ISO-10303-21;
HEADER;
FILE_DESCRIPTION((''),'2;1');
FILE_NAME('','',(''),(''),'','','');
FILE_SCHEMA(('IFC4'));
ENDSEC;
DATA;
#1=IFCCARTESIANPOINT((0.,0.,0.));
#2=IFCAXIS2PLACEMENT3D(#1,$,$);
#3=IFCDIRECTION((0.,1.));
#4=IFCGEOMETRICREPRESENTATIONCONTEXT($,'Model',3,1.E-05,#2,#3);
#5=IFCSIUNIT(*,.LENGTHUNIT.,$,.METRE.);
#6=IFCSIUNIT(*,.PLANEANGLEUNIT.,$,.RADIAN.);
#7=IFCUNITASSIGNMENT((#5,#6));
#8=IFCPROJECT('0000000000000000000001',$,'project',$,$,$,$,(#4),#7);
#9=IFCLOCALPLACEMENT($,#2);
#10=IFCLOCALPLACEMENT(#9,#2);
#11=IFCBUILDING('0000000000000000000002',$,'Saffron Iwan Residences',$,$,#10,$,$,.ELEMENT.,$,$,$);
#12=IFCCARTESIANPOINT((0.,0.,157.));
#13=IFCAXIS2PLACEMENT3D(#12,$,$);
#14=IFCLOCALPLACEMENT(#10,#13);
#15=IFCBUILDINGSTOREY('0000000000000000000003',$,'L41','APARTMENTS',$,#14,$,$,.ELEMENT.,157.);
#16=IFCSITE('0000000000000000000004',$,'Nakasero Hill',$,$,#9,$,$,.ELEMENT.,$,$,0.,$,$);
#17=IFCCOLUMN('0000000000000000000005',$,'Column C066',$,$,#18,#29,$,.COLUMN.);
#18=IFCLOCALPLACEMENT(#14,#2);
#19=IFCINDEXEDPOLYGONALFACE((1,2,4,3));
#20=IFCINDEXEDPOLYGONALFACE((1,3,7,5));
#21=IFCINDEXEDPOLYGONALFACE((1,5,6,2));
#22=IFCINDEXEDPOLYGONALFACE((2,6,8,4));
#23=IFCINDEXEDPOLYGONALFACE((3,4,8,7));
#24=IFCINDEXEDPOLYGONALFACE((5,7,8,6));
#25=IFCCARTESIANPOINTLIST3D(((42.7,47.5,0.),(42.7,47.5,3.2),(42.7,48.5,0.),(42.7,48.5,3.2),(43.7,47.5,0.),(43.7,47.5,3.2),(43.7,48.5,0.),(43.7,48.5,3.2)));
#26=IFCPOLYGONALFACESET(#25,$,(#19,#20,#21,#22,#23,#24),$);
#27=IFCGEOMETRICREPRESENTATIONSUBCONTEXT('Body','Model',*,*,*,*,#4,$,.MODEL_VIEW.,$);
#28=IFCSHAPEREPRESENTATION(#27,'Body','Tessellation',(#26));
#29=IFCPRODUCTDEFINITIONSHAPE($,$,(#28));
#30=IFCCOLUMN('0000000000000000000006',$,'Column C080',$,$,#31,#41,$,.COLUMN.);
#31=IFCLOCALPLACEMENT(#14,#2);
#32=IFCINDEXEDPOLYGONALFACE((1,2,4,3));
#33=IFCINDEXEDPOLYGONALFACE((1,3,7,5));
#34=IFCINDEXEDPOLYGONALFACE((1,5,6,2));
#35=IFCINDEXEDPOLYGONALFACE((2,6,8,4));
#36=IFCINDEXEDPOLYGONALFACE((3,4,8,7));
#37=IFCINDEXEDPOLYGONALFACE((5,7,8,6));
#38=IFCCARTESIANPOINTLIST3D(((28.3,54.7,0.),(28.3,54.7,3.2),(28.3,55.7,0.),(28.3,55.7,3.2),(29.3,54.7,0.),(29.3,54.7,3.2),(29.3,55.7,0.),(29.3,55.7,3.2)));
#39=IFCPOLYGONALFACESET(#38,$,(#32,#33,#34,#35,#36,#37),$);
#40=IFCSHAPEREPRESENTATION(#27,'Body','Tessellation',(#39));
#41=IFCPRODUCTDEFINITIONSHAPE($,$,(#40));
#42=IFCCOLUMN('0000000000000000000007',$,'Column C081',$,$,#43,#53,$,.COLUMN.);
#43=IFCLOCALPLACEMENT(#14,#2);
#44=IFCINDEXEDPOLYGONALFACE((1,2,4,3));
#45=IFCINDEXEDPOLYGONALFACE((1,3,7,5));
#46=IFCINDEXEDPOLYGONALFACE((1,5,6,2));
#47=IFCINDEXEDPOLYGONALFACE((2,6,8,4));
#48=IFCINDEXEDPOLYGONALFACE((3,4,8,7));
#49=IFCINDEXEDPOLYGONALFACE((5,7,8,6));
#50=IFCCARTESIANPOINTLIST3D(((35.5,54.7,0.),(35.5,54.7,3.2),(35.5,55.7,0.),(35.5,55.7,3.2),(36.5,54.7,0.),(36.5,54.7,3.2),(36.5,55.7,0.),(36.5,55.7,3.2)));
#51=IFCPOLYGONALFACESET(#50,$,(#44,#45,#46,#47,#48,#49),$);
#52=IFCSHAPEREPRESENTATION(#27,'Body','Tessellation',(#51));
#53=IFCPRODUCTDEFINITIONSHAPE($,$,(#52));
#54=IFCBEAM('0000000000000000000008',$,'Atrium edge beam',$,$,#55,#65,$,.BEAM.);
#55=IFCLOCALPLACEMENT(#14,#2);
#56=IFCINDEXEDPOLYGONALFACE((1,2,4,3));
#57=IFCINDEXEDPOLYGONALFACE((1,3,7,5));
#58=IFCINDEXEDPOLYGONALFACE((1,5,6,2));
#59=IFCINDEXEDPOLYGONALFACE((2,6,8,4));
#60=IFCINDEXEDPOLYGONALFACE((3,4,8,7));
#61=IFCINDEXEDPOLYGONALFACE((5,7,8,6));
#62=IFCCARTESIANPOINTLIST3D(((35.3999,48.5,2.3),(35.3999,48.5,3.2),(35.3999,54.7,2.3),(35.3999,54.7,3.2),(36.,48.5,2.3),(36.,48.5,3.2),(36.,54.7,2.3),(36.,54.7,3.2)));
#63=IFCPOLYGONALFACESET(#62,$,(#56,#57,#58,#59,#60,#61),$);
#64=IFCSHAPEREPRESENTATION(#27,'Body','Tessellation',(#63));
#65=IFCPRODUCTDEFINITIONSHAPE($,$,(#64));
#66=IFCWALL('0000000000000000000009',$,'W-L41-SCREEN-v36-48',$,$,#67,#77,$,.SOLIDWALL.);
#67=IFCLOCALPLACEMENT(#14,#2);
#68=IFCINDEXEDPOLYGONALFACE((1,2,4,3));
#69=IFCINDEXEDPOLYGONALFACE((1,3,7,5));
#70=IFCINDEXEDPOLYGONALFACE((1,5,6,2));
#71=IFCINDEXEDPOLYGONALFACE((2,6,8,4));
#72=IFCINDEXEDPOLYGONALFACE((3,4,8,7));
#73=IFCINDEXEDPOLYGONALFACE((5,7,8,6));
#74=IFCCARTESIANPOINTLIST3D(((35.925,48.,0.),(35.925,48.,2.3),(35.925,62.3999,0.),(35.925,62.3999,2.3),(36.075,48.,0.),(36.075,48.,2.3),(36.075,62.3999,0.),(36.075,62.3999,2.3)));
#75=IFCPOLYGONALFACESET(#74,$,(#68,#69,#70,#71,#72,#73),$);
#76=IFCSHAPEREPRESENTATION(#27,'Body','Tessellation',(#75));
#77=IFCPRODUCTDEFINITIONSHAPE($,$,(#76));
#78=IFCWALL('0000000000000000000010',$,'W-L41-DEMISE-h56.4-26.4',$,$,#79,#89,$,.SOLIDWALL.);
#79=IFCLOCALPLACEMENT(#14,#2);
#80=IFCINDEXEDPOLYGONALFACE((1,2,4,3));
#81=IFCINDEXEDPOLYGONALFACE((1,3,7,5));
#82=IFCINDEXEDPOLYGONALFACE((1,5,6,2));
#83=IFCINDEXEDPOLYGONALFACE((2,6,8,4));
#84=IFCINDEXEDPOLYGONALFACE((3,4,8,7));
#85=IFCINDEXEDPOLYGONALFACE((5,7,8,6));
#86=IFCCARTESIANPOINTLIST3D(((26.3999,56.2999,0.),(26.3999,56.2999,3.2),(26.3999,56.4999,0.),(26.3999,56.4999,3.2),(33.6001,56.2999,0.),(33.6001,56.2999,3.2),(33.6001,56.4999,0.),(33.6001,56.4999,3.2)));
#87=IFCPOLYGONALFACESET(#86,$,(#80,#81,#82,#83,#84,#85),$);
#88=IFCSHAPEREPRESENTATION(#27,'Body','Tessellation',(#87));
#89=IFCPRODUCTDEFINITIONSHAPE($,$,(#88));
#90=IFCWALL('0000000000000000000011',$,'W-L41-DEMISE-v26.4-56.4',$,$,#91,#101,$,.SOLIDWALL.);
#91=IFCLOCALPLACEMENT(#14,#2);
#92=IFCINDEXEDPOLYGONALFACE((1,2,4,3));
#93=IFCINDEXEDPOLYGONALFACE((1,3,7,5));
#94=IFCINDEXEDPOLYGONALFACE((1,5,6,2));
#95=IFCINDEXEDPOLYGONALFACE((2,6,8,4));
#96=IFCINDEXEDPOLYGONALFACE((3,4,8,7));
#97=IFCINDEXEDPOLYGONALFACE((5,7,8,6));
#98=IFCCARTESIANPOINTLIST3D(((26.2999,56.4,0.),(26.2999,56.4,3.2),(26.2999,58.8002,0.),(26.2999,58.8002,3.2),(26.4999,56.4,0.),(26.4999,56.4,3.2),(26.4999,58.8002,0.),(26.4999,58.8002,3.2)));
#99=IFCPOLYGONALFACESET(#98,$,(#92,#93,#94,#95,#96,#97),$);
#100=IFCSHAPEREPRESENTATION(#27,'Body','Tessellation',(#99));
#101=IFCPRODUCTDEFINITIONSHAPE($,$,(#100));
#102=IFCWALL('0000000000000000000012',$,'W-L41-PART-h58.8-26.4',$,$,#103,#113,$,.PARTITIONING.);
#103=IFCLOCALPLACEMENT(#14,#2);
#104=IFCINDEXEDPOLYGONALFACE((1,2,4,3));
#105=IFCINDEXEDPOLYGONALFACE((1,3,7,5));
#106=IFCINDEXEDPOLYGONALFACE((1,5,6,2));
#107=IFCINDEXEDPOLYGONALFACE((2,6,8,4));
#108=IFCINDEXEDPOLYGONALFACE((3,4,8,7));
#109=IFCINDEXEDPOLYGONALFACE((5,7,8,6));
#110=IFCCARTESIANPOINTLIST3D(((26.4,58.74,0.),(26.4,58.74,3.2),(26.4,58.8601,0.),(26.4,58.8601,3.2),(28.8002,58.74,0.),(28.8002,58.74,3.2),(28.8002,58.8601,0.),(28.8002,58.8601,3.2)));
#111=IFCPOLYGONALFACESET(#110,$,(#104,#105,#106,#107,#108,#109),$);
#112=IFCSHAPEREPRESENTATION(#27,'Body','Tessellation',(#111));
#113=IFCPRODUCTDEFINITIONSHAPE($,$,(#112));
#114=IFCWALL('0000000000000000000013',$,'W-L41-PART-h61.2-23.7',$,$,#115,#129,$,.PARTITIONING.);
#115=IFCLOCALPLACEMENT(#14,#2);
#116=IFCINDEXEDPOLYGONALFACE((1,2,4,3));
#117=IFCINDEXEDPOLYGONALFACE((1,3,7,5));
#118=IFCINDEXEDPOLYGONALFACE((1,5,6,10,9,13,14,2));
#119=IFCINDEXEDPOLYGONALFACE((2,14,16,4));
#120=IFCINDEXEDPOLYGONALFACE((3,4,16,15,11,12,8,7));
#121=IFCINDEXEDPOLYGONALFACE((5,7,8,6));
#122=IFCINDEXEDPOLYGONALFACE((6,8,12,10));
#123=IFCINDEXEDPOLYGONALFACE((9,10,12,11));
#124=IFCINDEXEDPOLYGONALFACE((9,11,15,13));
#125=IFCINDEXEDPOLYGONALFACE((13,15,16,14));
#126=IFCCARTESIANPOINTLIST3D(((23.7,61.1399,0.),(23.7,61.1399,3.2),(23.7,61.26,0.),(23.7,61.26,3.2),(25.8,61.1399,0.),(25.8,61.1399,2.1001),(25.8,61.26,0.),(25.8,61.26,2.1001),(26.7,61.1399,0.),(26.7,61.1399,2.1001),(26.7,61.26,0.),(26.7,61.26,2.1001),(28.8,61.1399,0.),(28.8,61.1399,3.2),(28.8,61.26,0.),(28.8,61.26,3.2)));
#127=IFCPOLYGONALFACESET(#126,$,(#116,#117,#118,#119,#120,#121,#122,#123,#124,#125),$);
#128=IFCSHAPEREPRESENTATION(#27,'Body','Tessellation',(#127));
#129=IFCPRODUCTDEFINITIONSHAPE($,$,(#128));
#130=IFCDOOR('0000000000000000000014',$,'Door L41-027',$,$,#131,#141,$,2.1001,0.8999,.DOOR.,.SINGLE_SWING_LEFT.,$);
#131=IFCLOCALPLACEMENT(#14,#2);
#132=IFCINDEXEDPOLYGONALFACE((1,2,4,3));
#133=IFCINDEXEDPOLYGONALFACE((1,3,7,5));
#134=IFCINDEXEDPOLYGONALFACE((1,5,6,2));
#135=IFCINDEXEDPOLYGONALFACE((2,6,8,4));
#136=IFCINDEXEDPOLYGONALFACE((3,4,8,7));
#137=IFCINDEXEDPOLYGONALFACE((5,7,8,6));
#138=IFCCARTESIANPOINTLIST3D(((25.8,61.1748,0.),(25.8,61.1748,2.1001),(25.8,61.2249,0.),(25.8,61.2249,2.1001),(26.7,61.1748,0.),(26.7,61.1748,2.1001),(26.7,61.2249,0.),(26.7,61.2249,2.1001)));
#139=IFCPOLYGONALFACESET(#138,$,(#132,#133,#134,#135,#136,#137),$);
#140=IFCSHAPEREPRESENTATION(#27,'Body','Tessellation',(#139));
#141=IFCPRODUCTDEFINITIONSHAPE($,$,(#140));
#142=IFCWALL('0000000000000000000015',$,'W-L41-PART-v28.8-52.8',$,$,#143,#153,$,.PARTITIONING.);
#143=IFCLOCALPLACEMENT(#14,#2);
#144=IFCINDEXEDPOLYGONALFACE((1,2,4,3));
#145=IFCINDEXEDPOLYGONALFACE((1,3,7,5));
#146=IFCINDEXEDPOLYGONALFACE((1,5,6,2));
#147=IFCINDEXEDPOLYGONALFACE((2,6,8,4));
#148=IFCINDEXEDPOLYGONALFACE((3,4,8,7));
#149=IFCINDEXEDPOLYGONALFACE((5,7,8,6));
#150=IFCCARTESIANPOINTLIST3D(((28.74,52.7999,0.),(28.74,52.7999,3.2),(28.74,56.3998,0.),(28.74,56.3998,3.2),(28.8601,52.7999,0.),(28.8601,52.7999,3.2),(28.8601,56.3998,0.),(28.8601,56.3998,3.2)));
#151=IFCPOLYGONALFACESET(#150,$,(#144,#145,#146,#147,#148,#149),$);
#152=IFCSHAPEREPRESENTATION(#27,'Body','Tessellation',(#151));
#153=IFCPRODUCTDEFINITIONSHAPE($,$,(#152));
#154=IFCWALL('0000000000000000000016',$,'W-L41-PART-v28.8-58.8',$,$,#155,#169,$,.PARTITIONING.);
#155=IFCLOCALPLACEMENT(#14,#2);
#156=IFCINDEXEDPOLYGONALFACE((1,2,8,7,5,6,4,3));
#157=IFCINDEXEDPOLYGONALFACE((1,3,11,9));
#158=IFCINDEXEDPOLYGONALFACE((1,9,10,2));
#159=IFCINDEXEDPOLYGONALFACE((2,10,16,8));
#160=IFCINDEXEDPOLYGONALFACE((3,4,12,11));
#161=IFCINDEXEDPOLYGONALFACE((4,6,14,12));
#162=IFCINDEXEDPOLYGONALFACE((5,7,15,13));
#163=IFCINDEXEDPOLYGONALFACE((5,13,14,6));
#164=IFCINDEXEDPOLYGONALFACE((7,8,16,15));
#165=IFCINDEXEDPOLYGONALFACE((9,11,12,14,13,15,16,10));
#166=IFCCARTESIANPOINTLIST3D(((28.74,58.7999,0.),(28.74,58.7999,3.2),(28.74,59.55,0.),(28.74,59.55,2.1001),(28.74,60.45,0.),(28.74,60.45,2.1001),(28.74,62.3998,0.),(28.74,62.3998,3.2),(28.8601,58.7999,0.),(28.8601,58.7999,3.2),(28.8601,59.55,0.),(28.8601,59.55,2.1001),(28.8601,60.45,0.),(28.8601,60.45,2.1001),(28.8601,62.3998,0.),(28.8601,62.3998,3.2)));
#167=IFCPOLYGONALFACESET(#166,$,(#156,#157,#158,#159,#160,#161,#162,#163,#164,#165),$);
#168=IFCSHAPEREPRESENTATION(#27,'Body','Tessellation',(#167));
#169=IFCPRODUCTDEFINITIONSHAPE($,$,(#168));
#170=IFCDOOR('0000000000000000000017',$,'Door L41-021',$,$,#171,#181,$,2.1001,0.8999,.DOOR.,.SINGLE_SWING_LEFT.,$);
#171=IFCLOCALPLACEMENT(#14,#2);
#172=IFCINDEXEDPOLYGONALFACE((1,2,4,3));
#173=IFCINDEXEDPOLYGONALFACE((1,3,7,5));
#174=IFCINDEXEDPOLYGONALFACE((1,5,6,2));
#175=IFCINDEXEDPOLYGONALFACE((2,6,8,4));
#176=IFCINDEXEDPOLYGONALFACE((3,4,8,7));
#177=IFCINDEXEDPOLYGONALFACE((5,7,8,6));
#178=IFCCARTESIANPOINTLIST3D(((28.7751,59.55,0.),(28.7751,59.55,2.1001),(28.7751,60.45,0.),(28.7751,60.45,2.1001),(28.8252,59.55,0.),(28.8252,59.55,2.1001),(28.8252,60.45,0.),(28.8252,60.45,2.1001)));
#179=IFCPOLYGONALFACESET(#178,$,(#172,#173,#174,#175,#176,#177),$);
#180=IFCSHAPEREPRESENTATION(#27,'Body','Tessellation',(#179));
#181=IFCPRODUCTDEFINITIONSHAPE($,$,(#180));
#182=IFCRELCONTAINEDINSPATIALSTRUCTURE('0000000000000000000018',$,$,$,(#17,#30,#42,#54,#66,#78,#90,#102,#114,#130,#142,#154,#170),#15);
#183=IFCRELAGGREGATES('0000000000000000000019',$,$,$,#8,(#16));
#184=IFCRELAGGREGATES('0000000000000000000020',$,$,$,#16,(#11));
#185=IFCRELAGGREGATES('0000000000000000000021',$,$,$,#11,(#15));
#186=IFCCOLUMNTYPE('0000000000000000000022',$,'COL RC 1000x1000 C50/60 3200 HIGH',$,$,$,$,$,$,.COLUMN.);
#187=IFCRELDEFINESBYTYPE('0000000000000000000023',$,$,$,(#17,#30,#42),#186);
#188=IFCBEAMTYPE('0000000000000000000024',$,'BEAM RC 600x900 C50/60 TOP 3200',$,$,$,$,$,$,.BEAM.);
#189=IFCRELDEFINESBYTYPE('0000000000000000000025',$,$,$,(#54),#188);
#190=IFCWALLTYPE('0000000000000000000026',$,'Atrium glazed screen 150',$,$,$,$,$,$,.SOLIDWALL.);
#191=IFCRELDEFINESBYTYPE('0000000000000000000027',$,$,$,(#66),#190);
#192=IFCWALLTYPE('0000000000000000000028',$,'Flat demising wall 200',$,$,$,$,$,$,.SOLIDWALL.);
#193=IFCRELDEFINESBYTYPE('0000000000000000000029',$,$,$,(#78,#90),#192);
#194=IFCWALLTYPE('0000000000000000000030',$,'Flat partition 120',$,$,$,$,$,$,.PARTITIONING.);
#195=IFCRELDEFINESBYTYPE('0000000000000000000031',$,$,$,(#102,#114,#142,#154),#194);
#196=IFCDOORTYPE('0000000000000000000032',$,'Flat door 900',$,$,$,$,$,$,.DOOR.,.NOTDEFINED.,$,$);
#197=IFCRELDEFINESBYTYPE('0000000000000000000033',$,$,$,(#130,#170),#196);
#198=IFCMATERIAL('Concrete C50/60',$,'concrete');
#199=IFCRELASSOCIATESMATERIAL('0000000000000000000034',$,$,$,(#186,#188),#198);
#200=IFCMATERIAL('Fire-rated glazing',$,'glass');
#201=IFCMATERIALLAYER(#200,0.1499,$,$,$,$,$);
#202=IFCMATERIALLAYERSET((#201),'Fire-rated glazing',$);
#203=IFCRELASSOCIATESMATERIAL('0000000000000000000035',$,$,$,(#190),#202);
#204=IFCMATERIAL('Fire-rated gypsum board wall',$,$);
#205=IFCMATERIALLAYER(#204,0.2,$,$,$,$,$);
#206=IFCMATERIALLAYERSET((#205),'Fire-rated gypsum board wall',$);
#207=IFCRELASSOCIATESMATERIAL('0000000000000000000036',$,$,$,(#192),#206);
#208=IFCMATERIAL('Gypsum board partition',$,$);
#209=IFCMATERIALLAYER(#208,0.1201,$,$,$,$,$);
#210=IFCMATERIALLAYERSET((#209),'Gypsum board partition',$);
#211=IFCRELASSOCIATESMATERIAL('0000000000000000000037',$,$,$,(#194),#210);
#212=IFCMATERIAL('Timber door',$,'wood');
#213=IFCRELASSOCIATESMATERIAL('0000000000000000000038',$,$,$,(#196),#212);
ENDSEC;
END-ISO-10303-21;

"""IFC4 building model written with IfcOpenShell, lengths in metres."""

from ifc_helpers import new_model, si_unit, direction, frame, frame_2d, origin, origin_2d, place, context, subcontext, project, spatial, rectangle, extrude, source, transform, mapped, material, layer, layer_set, material_profile, profile_set, type_object, element, fill, save


model = new_model("IFC4")

# Units and contexts
model_context = context("Model", 3, precision=1e-05, world=origin(), true_north=direction((0.0, 1.0)))
body_context = subcontext(model_context, "Body", "Model", "MODEL_VIEW")
ifc_project = project(units=[si_unit("LENGTHUNIT", "METRE"), si_unit("PLANEANGLEUNIT", "RADIAN")], contexts=[model_context])

# Site, building, storey
site_placement = place(None, origin())
site = spatial("IfcSite", under=ifc_project, at=site_placement, Name="Nakasero Hill", CompositionType="ELEMENT", RefElevation=0.0)
building_placement = place(site_placement, origin())
building = spatial("IfcBuilding", under=site, at=building_placement, Name="Saffron Iwan Residences", CompositionType="ELEMENT")
storey_placement = place(building_placement, frame((0.0, 0.0, 157.0)))
storey = spatial("IfcBuildingStorey", under=building, at=storey_placement, Name="L41", Description="APARTMENTS", CompositionType="ELEMENT", Elevation=157.0)

# Columns
ifc_material_1 = material(Name="Concrete C50/60", Category="concrete")
ifc_material_profile_1 = material_profile(ifc_material_1, rectangle(XDim=1.0, YDim=1.0, at=origin_2d()), Name="RC 1000x1000")
ifc_profile_set_1 = profile_set([ifc_material_profile_1], Name="Concrete C50/60")
column_type = type_object("IfcColumnType", Name="COL RC 1000x1000 C50/60 3200 HIGH", PredefinedType="COLUMN", material=ifc_profile_set_1)
shared_shape_1 = source(origin(), body_context, "Body", "SweptSolid", [
    extrude(rectangle(XDim=1.0, YDim=1.0, at=origin_2d()), origin(), (0.0, 0.0, 1.0), 3.2),
])
for number, where, z_axis, x_axis, name in (
    (1, (43.2, 48.0, 0.0), (0.0, 0.0, 1.0), (1.0, 0.0, 0.0), "Column C066"),
    (2, (28.8, 55.2, 0.0), (0.0, 0.0, 1.0), (1.0, 0.0, 0.0), "Column C080"),
    (3, (36.0, 55.2, 0.0), (0.0, 0.0, 1.0), (1.0, 0.0, 0.0), "Column C081"),
):
    element("IfcColumn", number, at=place(storey_placement, frame(where, z_axis=z_axis, x_axis=x_axis)), inside=storey, type_object=column_type, Name=name, PredefinedType="COLUMN", context=body_context, shape_type="MappedRepresentation", body=[
        mapped(shared_shape_1, transform((0.0, 0.0, 0.0))),
    ])

# Beam
ifc_material_profile_2 = material_profile(ifc_material_1, rectangle(XDim=0.6001, YDim=0.8999, at=origin_2d()), Name="RC 600x900")
ifc_profile_set_2 = profile_set([ifc_material_profile_2], Name="Concrete C50/60")
beam_type = type_object("IfcBeamType", Name="BEAM RC 600x900 C50/60 TOP 3200", PredefinedType="BEAM", material=ifc_profile_set_2)
shared_shape_2 = source(origin(), body_context, "Body", "SweptSolid", [
    extrude(rectangle(XDim=0.6001, YDim=0.8999, at=origin_2d()), origin(), (0.0, 0.0, 1.0), 6.2),
])
beam_placement = place(storey_placement, frame((35.7, 48.5, 2.75), z_axis=(0.0, 1.0, 0.0), x_axis=(-1.0, 0.0, 0.0)))
element("IfcBeam", 4, at=beam_placement, inside=storey, type_object=beam_type, Name="Atrium edge beam", PredefinedType="BEAM", context=body_context, shape_type="MappedRepresentation", body=[
    mapped(shared_shape_2, transform((0.0, 0.0, 0.0))),
])

# Walls
ifc_material_2 = material(Name="Fire-rated glazing", Category="glass")
ifc_layer_1 = layer(ifc_material_2, 0.1499)
ifc_layer_set_1 = layer_set([ifc_layer_1], Name="Fire-rated glazing")
wall_type_1 = type_object("IfcWallType", Name="Atrium glazed screen 150", PredefinedType="SOLIDWALL", material=ifc_layer_set_1)
wall_1_placement = place(storey_placement, frame((36.0, 48.0, 0.0), z_axis=(0.0, 0.0, 1.0), x_axis=(0.0, 1.0, 0.0)))
element("IfcWall", 5, at=wall_1_placement, inside=storey, type_object=wall_type_1, Name="W-L41-SCREEN-v36-48", PredefinedType="SOLIDWALL", context=body_context, shape_type="SweptSolid", body=[
    extrude(rectangle(XDim=14.3999, YDim=0.1499, at=frame_2d((7.2, 0.0))), origin(), (0.0, 0.0, 1.0), 2.3),
])
ifc_material_3 = material(Name="Fire-rated gypsum board wall")
ifc_layer_2 = layer(ifc_material_3, 0.2)
ifc_layer_set_2 = layer_set([ifc_layer_2], Name="Fire-rated gypsum board wall")
wall_type_2 = type_object("IfcWallType", Name="Flat demising wall 200", PredefinedType="SOLIDWALL", material=ifc_layer_set_2)
wall_2_placement = place(storey_placement, frame((26.3999, 56.3999, 0.0), z_axis=(0.0, 0.0, 1.0), x_axis=(1.0, 0.0, 0.0)))
element("IfcWall", 6, at=wall_2_placement, inside=storey, type_object=wall_type_2, Name="W-L41-DEMISE-h56.4-26.4", PredefinedType="SOLIDWALL", context=body_context, shape_type="SweptSolid", body=[
    extrude(rectangle(XDim=7.2002, YDim=0.2, at=frame_2d((3.6001, 0.0))), origin(), (0.0, 0.0, 1.0), 3.2),
])
wall_3_placement = place(storey_placement, frame((26.3999, 56.3999, 0.0), z_axis=(0.0, 0.0, 1.0), x_axis=(0.0, 1.0, 0.0)))
element("IfcWall", 7, at=wall_3_placement, inside=storey, type_object=wall_type_2, Name="W-L41-DEMISE-v26.4-56.4", PredefinedType="SOLIDWALL", context=body_context, shape_type="SweptSolid", body=[
    extrude(rectangle(XDim=2.4001, YDim=0.2, at=frame_2d((1.2002, 0.0))), origin(), (0.0, 0.0, 1.0), 3.2),
])
ifc_material_4 = material(Name="Gypsum board partition")
ifc_layer_3 = layer(ifc_material_4, 0.1201)
ifc_layer_set_3 = layer_set([ifc_layer_3], Name="Gypsum board partition")
wall_type_3 = type_object("IfcWallType", Name="Flat partition 120", PredefinedType="PARTITIONING", material=ifc_layer_set_3)
wall_4_placement = place(storey_placement, frame((26.3999, 58.8, 0.0), z_axis=(0.0, 0.0, 1.0), x_axis=(1.0, 0.0, 0.0)))
element("IfcWall", 8, at=wall_4_placement, inside=storey, type_object=wall_type_3, Name="W-L41-PART-h58.8-26.4", PredefinedType="PARTITIONING", context=body_context, shape_type="SweptSolid", body=[
    extrude(rectangle(XDim=2.4001, YDim=0.1201, at=frame_2d((1.2002, 0.0))), origin(), (0.0, 0.0, 1.0), 3.2),
])

# Wall, opening, door
wall_5_placement = place(storey_placement, frame((23.7, 61.2, 0.0), z_axis=(0.0, 0.0, 1.0), x_axis=(1.0, 0.0, 0.0)))
wall_5 = element("IfcWall", 9, at=wall_5_placement, inside=storey, type_object=wall_type_3, Name="W-L41-PART-h61.2-23.7", PredefinedType="PARTITIONING", context=body_context, shape_type="SweptSolid", body=[
    extrude(rectangle(XDim=5.1001, YDim=0.1201, at=frame_2d((2.55, 0.0))), origin(), (0.0, 0.0, 1.0), 3.2),
])
opening_1_placement = place(wall_5_placement, frame((2.1001, 0.0, 0.0)))
opening_1 = element("IfcOpeningElement", 10, at=opening_1_placement, cuts=wall_5, PredefinedType="OPENING", context=body_context, shape_type="SweptSolid", body=[
    extrude(rectangle(XDim=0.8999, YDim=2.1001, at=frame_2d((0.45, 1.05))), frame((0.0, 0.0701, 0.0), z_axis=(0.0, -1.0, 0.0), x_axis=(1.0, 0.0, 0.0)), (0.0, 0.0, 1.0), 0.1401),
])
ifc_material_5 = material(Name="Timber door", Category="wood")
door_type_1 = type_object("IfcDoorType", Name="Flat door 900", OperationType="NOTDEFINED", PredefinedType="DOOR", material=ifc_material_5)
door_1_placement = place(opening_1_placement, origin())
door_1 = element("IfcDoor", 11, at=door_1_placement, inside=storey, type_object=door_type_1, Name="Door L41-027", OperationType="SINGLE_SWING_LEFT", OverallHeight=2.1001, OverallWidth=0.8999, PredefinedType="DOOR", context=body_context, shape_type="SweptSolid", body=[
    extrude(rectangle(XDim=0.8999, YDim=2.1001, at=frame_2d((0.45, 1.05))), frame((0.0, 0.0249, 0.0), z_axis=(0.0, -1.0, 0.0), x_axis=(1.0, 0.0, 0.0)), (0.0, 0.0, 1.0), 0.05),
])
fill(opening_1, door_1)

# Wall
wall_6_placement = place(storey_placement, frame((28.8, 52.8, 0.0), z_axis=(0.0, 0.0, 1.0), x_axis=(0.0, 1.0, 0.0)))
element("IfcWall", 12, at=wall_6_placement, inside=storey, type_object=wall_type_3, Name="W-L41-PART-v28.8-52.8", PredefinedType="PARTITIONING", context=body_context, shape_type="SweptSolid", body=[
    extrude(rectangle(XDim=3.5999, YDim=0.1201, at=frame_2d((1.7998, 0.0))), origin(), (0.0, 0.0, 1.0), 3.2),
])

# Wall, opening, door
wall_7_placement = place(storey_placement, frame((28.8, 58.8, 0.0), z_axis=(0.0, 0.0, 1.0), x_axis=(0.0, 1.0, 0.0)))
wall_7 = element("IfcWall", 13, at=wall_7_placement, inside=storey, type_object=wall_type_3, Name="W-L41-PART-v28.8-58.8", PredefinedType="PARTITIONING", context=body_context, shape_type="SweptSolid", body=[
    extrude(rectangle(XDim=3.5999, YDim=0.1201, at=frame_2d((1.7998, 0.0))), origin(), (0.0, 0.0, 1.0), 3.2),
])
opening_2_placement = place(wall_7_placement, frame((0.75, 0.0, 0.0)))
opening_2 = element("IfcOpeningElement", 14, at=opening_2_placement, cuts=wall_7, PredefinedType="OPENING", context=body_context, shape_type="SweptSolid", body=[
    extrude(rectangle(XDim=0.8999, YDim=2.1001, at=frame_2d((0.45, 1.05))), frame((0.0, 0.0701, 0.0), z_axis=(0.0, -1.0, 0.0), x_axis=(1.0, 0.0, 0.0)), (0.0, 0.0, 1.0), 0.1401),
])
door_2_placement = place(opening_2_placement, origin())
door_2 = element("IfcDoor", 15, at=door_2_placement, inside=storey, type_object=door_type_1, Name="Door L41-021", OperationType="SINGLE_SWING_LEFT", OverallHeight=2.1001, OverallWidth=0.8999, PredefinedType="DOOR", context=body_context, shape_type="SweptSolid", body=[
    extrude(rectangle(XDim=0.8999, YDim=2.1001, at=frame_2d((0.45, 1.05))), frame((0.0, 0.0249, 0.0), z_axis=(0.0, -1.0, 0.0), x_axis=(1.0, 0.0, 0.0)), (0.0, 0.0, 1.0), 0.05),
])
fill(opening_2, door_2)

save(model, "model.ifc")
